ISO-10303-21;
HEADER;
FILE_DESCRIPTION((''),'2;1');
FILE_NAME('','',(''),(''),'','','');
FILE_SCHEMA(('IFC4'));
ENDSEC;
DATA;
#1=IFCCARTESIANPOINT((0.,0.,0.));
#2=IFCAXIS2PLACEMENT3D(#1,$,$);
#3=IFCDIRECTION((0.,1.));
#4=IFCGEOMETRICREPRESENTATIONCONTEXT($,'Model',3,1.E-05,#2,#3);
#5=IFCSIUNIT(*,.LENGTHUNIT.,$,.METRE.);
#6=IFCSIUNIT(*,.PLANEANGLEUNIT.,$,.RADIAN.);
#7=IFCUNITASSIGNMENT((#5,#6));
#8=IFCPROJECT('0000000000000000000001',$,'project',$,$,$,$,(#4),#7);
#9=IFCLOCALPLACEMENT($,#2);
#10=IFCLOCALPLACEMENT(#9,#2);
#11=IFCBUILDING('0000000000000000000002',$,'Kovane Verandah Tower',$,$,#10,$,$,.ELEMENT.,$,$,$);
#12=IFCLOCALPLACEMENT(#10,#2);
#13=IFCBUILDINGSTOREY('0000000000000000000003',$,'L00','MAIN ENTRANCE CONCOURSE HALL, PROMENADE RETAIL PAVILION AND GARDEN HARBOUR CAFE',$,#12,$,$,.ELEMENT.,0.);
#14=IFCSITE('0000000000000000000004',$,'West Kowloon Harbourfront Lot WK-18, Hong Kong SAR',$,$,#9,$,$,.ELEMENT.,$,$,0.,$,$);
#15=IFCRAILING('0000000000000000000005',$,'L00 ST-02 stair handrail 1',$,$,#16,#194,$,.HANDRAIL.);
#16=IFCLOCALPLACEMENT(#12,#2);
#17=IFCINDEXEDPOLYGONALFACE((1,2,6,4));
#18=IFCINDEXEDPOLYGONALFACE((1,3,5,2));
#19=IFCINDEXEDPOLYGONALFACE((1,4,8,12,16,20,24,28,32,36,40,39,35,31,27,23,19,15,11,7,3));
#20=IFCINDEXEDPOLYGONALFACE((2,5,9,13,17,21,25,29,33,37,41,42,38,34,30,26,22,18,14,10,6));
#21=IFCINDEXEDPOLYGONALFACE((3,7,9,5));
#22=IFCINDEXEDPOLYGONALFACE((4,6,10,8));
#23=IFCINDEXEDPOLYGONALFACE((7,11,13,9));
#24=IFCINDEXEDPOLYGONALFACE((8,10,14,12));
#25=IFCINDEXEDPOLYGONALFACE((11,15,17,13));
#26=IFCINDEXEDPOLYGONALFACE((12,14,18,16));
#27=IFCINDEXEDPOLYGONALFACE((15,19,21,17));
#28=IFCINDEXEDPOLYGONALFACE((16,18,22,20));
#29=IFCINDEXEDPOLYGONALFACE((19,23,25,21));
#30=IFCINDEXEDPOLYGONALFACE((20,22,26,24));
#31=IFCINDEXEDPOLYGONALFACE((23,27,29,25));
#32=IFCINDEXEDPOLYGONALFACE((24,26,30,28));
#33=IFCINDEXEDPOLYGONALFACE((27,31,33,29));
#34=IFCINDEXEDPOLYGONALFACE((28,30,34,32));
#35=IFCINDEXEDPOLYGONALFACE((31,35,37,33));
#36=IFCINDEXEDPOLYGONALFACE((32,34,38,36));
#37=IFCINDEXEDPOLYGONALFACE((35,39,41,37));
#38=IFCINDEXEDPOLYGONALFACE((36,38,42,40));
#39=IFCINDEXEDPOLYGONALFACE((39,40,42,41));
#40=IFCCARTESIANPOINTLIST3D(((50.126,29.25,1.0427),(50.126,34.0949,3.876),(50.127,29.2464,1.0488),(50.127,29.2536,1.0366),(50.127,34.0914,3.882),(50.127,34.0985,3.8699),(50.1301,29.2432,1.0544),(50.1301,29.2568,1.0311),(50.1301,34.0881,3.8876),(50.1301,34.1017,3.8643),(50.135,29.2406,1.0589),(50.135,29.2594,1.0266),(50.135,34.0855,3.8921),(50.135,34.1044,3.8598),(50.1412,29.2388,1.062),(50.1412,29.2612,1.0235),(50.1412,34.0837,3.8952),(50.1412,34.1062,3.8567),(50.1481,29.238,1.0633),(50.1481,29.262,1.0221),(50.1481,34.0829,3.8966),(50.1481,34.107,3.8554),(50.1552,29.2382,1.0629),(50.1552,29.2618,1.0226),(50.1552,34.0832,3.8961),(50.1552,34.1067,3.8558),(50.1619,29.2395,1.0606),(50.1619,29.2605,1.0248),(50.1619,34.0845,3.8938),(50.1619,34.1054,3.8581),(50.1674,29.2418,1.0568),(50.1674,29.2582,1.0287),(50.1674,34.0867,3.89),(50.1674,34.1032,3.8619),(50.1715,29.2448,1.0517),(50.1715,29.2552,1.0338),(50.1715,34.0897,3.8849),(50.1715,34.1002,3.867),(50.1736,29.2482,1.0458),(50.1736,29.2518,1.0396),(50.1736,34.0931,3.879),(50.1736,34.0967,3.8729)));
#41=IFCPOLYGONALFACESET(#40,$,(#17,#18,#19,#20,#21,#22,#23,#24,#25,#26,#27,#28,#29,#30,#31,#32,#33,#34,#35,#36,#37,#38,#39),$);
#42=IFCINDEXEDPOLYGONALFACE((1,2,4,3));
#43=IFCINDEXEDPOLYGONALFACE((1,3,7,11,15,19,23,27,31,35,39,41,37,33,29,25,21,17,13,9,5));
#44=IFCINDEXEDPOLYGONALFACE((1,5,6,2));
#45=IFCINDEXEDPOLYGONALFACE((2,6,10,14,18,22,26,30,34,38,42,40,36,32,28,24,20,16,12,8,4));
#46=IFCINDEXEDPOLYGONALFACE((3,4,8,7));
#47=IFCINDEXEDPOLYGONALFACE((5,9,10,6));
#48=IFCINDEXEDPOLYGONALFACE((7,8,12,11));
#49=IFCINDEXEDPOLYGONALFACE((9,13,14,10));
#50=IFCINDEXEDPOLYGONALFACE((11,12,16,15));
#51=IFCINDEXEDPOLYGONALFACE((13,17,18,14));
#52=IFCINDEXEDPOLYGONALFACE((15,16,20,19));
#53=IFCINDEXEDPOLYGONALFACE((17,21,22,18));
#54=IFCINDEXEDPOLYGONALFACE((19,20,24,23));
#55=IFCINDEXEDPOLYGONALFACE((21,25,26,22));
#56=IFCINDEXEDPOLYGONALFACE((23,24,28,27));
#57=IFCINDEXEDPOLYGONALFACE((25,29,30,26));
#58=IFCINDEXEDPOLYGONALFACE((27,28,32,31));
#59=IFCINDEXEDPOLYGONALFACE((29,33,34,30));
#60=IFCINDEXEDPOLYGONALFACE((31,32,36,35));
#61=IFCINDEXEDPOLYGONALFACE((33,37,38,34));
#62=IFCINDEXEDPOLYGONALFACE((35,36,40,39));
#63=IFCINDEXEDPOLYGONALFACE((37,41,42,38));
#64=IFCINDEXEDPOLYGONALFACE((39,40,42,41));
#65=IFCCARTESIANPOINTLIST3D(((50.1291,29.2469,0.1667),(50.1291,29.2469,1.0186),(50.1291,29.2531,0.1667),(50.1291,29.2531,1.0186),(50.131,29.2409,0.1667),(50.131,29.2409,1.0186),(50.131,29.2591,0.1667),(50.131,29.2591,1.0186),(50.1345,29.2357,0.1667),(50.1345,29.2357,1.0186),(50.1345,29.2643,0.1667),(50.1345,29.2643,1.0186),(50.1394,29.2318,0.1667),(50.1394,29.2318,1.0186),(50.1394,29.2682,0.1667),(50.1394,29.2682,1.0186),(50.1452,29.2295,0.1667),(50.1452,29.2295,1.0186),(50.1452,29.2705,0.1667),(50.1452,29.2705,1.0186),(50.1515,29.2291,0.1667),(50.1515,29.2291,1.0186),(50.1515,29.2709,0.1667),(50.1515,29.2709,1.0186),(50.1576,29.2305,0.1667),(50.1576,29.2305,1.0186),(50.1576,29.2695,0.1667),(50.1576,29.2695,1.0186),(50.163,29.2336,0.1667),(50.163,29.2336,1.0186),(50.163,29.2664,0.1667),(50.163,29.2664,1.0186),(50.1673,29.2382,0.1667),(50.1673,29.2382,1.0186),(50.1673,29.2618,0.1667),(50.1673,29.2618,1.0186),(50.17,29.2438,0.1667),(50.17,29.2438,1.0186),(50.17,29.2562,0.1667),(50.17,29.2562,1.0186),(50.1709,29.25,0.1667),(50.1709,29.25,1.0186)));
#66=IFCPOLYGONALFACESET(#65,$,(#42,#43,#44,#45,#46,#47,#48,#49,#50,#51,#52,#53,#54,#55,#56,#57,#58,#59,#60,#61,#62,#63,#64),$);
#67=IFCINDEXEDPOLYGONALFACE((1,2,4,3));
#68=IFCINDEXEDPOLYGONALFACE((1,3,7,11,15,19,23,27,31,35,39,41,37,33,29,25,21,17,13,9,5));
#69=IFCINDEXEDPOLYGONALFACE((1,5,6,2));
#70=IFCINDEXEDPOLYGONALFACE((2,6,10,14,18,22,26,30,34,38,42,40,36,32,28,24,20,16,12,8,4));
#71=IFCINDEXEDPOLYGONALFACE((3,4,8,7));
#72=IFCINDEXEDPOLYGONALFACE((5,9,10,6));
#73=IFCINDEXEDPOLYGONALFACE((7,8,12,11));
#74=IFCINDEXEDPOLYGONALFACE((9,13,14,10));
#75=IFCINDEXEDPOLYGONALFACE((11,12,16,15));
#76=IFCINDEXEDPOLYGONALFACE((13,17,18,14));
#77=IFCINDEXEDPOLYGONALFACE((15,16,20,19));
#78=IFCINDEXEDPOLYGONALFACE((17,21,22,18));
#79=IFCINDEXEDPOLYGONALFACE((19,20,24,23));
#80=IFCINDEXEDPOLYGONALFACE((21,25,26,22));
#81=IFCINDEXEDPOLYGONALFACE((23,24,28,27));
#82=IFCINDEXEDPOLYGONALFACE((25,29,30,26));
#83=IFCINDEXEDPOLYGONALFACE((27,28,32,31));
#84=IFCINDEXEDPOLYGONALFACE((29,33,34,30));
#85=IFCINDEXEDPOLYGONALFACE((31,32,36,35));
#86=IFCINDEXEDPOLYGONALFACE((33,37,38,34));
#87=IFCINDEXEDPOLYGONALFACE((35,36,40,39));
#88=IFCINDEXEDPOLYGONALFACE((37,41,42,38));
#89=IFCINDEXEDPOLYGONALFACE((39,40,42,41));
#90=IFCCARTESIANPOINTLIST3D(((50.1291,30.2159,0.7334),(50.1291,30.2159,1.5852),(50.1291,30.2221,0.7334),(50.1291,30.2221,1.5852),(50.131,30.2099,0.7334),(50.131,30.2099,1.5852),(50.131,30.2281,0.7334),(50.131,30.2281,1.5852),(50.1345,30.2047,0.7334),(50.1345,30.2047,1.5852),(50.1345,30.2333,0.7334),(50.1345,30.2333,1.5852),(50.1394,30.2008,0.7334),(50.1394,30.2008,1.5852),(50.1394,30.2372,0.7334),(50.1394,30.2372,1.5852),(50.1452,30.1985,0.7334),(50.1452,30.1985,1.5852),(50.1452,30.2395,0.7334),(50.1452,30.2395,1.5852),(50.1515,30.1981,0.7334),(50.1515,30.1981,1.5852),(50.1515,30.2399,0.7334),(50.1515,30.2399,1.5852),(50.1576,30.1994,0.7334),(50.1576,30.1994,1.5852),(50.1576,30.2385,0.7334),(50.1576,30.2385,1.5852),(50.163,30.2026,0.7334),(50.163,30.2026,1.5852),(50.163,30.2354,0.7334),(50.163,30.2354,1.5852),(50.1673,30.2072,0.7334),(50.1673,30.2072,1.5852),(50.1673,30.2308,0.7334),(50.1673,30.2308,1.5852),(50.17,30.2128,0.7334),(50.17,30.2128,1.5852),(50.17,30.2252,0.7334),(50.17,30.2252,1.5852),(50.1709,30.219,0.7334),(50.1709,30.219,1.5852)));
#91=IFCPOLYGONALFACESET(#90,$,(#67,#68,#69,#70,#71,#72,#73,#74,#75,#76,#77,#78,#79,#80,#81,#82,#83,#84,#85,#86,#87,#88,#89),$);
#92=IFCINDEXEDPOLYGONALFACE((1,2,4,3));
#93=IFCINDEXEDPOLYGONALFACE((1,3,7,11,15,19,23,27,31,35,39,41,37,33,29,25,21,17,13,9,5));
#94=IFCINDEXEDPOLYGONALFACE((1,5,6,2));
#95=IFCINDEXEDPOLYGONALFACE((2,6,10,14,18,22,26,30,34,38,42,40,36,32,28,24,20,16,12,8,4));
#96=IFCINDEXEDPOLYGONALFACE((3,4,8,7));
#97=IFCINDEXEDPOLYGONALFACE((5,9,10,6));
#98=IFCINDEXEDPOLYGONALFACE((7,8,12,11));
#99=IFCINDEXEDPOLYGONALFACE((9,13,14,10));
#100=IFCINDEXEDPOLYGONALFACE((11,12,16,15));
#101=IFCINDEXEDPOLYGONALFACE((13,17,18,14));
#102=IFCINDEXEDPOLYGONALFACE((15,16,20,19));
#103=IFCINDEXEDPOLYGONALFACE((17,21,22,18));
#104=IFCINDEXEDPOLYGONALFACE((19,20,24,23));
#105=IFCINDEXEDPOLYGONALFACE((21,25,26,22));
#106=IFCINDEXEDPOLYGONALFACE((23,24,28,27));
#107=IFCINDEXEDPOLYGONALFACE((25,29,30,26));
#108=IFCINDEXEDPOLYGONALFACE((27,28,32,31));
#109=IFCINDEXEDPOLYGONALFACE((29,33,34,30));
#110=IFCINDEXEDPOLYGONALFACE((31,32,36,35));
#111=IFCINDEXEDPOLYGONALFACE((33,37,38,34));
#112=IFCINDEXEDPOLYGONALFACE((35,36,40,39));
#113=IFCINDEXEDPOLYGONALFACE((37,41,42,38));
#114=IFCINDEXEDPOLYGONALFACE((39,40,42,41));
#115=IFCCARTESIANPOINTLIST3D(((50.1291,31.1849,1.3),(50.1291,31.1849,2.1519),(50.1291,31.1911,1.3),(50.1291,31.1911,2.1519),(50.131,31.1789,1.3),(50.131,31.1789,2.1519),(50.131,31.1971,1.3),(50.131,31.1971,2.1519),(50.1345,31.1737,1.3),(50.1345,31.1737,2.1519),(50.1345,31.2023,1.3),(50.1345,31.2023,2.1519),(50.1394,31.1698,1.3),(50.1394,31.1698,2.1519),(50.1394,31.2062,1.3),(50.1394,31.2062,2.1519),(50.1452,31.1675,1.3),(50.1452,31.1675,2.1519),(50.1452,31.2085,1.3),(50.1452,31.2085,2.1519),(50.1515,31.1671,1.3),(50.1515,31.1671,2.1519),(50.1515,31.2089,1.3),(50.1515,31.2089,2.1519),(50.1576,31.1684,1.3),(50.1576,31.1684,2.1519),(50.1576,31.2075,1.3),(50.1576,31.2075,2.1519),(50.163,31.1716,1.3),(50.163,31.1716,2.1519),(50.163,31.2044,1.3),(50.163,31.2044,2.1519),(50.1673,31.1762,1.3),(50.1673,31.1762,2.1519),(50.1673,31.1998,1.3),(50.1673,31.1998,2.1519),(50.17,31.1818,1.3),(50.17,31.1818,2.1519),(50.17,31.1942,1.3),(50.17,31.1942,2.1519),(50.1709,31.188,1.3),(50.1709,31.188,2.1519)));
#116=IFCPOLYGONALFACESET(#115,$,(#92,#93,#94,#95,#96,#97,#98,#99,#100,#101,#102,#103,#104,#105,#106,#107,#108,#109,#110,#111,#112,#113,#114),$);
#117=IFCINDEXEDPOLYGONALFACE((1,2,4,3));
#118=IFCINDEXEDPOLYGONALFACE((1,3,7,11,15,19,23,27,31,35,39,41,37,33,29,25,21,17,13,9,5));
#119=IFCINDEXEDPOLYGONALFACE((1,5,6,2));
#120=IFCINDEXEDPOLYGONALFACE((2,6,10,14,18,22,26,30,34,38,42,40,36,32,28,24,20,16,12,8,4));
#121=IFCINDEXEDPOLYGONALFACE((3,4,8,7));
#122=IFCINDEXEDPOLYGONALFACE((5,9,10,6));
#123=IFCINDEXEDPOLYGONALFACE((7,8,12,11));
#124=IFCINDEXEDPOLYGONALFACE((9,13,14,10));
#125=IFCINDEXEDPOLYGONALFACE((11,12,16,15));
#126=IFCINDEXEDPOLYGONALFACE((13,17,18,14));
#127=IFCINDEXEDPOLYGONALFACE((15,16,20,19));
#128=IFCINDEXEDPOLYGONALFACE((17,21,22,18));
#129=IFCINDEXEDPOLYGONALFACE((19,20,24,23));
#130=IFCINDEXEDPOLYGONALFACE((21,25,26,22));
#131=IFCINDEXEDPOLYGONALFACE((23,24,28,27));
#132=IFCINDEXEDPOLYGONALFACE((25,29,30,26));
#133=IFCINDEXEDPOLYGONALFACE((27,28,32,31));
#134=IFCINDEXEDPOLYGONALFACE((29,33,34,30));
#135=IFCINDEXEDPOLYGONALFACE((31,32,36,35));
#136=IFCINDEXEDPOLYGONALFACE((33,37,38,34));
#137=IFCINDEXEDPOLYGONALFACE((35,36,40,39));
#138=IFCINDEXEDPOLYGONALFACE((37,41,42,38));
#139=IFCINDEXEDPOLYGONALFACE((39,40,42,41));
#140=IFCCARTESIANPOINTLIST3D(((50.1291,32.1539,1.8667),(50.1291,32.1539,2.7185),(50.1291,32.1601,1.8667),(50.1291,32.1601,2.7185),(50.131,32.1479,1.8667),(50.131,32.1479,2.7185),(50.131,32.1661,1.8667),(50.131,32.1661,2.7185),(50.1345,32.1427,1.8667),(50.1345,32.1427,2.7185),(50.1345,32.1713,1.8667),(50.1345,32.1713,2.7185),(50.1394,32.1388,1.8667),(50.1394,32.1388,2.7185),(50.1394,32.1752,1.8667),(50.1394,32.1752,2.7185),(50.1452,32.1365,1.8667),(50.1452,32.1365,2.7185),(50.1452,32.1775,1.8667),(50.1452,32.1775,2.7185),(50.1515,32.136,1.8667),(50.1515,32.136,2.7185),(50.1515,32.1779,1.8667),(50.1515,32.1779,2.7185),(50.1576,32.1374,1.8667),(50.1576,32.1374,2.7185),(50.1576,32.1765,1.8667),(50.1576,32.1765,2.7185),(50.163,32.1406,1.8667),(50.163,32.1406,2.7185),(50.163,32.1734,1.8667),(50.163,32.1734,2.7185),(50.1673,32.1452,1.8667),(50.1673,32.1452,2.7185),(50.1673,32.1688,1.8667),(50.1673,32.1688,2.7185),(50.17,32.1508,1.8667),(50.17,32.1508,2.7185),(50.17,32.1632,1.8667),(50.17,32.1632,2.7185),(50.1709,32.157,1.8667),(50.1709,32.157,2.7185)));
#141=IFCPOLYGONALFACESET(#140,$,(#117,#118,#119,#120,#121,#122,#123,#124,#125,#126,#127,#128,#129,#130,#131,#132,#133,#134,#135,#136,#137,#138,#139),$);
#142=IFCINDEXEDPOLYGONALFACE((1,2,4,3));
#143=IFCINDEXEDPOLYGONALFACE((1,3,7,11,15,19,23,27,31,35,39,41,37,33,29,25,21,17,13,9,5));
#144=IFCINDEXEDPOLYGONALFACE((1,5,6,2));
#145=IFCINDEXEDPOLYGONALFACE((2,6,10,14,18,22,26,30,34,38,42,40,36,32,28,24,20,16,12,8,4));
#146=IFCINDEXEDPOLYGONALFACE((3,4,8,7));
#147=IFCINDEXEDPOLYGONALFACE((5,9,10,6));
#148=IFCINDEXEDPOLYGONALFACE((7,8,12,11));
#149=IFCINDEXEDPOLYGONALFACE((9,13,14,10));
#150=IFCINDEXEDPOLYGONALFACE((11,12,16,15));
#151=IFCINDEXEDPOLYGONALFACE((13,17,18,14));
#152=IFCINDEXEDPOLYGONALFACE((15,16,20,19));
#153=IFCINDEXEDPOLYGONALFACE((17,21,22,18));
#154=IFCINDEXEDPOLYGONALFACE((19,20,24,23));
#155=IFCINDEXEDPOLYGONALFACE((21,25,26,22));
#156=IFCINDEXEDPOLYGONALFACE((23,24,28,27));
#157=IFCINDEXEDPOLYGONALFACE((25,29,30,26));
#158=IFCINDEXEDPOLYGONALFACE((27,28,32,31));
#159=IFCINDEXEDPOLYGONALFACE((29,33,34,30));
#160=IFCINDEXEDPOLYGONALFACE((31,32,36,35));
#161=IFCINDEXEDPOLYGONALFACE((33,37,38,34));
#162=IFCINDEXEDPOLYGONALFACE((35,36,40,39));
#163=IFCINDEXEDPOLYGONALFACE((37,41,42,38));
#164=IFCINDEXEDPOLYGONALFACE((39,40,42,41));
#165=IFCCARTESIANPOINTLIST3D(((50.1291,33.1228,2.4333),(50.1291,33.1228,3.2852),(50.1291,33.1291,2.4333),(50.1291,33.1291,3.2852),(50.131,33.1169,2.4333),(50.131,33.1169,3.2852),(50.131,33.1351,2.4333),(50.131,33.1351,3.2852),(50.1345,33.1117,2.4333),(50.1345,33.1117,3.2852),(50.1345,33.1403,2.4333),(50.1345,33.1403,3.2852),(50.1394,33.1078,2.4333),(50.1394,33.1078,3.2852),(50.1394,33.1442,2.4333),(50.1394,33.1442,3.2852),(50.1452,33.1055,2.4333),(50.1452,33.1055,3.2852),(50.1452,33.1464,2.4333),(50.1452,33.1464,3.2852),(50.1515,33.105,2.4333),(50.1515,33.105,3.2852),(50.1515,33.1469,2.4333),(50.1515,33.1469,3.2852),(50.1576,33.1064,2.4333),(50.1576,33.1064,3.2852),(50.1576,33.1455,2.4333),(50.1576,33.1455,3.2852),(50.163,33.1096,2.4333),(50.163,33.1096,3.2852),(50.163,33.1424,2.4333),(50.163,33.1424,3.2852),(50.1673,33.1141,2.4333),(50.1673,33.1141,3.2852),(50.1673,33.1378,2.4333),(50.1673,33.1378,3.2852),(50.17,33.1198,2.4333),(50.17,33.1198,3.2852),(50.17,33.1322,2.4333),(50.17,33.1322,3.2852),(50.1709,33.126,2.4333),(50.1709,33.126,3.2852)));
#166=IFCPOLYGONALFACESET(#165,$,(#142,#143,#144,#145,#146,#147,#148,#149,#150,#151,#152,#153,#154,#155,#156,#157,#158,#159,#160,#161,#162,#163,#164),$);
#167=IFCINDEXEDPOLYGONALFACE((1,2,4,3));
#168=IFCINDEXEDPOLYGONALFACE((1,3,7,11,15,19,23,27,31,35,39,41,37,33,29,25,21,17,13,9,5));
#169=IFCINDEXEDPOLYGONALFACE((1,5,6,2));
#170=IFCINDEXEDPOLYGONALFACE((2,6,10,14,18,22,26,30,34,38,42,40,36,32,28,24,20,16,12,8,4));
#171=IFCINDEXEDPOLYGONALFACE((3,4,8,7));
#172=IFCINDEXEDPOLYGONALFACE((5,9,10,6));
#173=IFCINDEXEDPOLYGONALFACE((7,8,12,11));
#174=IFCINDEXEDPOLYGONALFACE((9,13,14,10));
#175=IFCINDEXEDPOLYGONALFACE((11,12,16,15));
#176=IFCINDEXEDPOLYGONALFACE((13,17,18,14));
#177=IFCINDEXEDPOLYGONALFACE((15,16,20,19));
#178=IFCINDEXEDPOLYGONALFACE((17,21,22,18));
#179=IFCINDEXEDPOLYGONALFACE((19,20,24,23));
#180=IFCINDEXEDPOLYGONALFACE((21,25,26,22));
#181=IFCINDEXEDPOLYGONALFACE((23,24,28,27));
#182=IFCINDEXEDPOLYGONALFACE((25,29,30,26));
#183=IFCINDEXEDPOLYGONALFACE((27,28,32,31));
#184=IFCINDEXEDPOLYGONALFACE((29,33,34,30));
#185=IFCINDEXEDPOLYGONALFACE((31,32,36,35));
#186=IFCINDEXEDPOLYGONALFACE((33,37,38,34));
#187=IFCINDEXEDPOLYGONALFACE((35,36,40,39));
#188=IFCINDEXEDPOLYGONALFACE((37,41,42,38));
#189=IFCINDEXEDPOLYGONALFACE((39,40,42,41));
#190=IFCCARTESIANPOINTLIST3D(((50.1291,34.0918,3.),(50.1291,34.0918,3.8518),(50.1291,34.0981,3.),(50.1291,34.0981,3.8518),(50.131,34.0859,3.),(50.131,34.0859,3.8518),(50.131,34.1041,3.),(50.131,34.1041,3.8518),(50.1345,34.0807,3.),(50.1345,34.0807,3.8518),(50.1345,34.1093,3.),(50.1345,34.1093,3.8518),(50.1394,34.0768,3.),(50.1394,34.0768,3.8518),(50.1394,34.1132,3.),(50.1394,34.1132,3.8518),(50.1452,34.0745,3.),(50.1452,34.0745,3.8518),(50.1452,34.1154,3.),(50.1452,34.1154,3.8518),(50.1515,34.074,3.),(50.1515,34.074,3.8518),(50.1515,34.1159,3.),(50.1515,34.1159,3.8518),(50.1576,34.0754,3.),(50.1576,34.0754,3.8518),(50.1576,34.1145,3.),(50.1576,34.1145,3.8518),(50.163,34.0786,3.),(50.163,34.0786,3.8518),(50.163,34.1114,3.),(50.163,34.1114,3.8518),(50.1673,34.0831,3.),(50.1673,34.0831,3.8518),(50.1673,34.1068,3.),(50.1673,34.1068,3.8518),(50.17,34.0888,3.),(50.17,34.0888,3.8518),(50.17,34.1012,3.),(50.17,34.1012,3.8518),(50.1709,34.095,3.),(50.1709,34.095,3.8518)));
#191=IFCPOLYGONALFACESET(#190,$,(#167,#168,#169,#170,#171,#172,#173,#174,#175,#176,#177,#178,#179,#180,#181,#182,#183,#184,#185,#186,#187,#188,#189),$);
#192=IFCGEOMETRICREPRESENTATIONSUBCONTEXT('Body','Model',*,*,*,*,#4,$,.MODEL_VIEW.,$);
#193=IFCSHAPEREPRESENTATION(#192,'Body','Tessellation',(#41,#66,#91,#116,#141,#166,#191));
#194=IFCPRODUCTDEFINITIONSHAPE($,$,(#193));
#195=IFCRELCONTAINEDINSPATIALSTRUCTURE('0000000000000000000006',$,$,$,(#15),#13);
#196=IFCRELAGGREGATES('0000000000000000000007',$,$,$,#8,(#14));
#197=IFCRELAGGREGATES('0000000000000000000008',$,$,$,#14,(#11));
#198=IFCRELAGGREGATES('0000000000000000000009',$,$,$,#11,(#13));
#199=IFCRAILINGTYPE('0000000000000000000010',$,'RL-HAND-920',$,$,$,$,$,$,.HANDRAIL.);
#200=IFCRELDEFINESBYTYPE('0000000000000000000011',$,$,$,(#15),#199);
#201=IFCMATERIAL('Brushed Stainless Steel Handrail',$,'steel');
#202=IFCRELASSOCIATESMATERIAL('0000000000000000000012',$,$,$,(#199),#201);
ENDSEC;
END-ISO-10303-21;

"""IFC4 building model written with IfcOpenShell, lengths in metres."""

from ifc_helpers import new_model, si_unit, direction, frame, origin, origin_2d, place, context, subcontext, project, spatial, circle, extrude, material, type_object, element, save


model = new_model("IFC4")

# Units and contexts
model_context = context("Model", 3, precision=1e-05, world=origin(), true_north=direction((0.0, 1.0)))
body_context = subcontext(model_context, "Body", "Model", "MODEL_VIEW")
ifc_project = project(units=[si_unit("LENGTHUNIT", "METRE"), si_unit("PLANEANGLEUNIT", "RADIAN")], contexts=[model_context])

# Site, building, storey
site_placement = place(None, origin())
site = spatial("IfcSite", under=ifc_project, at=site_placement, Name="West Kowloon Harbourfront Lot WK-18, Hong Kong SAR", CompositionType="ELEMENT", RefElevation=0.0)
building_placement = place(site_placement, origin())
building = spatial("IfcBuilding", under=site, at=building_placement, Name="Kovane Verandah Tower", CompositionType="ELEMENT")
storey_placement = place(building_placement, origin())
storey = spatial("IfcBuildingStorey", under=building, at=storey_placement, Name="L00", Description="MAIN ENTRANCE CONCOURSE HALL, PROMENADE RETAIL PAVILION AND GARDEN HARBOUR CAFE", CompositionType="ELEMENT", Elevation=0.0)

# Railing
ifc_material_1 = material(Name="Brushed Stainless Steel Handrail", Category="steel")
railing_type_1 = type_object("IfcRailingType", Name="RL-HAND-920", PredefinedType="HANDRAIL", material=ifc_material_1)
railing_1_placement = place(storey_placement, frame((50.1499, 29.25, 0.1667)))
element("IfcRailing", 1, at=railing_1_placement, inside=storey, type_object=railing_type_1, Name="L00 ST-02 stair handrail 1", PredefinedType="HANDRAIL", context=body_context, shape_type="SweptSolid", body=[
    extrude(circle(Radius=0.0239, at=origin_2d()), frame((0.0, 0.0, 0.876), z_axis=(0.0, 0.863234, 0.504804), x_axis=(-1.0, 0.0, 0.0)), (0.0, 0.0, 1.0), 5.6125),
    extrude(circle(Radius=0.021, at=origin_2d()), origin(), (0.0, 0.0, 1.0), 0.8518),
    extrude(circle(Radius=0.021, at=origin_2d()), frame((0.0, 0.969, 0.5667)), (0.0, 0.0, 1.0), 0.8518),
    extrude(circle(Radius=0.021, at=origin_2d()), frame((0.0, 1.938, 1.1333)), (0.0, 0.0, 1.0), 0.8518),
    extrude(circle(Radius=0.021, at=origin_2d()), frame((0.0, 2.907, 1.7)), (0.0, 0.0, 1.0), 0.8518),
    extrude(circle(Radius=0.021, at=origin_2d()), frame((0.0, 3.876, 2.2666)), (0.0, 0.0, 1.0), 0.8518),
    extrude(circle(Radius=0.021, at=origin_2d()), frame((0.0, 4.845, 2.8333)), (0.0, 0.0, 1.0), 0.8518),
])

save(model, "model.ifc")
